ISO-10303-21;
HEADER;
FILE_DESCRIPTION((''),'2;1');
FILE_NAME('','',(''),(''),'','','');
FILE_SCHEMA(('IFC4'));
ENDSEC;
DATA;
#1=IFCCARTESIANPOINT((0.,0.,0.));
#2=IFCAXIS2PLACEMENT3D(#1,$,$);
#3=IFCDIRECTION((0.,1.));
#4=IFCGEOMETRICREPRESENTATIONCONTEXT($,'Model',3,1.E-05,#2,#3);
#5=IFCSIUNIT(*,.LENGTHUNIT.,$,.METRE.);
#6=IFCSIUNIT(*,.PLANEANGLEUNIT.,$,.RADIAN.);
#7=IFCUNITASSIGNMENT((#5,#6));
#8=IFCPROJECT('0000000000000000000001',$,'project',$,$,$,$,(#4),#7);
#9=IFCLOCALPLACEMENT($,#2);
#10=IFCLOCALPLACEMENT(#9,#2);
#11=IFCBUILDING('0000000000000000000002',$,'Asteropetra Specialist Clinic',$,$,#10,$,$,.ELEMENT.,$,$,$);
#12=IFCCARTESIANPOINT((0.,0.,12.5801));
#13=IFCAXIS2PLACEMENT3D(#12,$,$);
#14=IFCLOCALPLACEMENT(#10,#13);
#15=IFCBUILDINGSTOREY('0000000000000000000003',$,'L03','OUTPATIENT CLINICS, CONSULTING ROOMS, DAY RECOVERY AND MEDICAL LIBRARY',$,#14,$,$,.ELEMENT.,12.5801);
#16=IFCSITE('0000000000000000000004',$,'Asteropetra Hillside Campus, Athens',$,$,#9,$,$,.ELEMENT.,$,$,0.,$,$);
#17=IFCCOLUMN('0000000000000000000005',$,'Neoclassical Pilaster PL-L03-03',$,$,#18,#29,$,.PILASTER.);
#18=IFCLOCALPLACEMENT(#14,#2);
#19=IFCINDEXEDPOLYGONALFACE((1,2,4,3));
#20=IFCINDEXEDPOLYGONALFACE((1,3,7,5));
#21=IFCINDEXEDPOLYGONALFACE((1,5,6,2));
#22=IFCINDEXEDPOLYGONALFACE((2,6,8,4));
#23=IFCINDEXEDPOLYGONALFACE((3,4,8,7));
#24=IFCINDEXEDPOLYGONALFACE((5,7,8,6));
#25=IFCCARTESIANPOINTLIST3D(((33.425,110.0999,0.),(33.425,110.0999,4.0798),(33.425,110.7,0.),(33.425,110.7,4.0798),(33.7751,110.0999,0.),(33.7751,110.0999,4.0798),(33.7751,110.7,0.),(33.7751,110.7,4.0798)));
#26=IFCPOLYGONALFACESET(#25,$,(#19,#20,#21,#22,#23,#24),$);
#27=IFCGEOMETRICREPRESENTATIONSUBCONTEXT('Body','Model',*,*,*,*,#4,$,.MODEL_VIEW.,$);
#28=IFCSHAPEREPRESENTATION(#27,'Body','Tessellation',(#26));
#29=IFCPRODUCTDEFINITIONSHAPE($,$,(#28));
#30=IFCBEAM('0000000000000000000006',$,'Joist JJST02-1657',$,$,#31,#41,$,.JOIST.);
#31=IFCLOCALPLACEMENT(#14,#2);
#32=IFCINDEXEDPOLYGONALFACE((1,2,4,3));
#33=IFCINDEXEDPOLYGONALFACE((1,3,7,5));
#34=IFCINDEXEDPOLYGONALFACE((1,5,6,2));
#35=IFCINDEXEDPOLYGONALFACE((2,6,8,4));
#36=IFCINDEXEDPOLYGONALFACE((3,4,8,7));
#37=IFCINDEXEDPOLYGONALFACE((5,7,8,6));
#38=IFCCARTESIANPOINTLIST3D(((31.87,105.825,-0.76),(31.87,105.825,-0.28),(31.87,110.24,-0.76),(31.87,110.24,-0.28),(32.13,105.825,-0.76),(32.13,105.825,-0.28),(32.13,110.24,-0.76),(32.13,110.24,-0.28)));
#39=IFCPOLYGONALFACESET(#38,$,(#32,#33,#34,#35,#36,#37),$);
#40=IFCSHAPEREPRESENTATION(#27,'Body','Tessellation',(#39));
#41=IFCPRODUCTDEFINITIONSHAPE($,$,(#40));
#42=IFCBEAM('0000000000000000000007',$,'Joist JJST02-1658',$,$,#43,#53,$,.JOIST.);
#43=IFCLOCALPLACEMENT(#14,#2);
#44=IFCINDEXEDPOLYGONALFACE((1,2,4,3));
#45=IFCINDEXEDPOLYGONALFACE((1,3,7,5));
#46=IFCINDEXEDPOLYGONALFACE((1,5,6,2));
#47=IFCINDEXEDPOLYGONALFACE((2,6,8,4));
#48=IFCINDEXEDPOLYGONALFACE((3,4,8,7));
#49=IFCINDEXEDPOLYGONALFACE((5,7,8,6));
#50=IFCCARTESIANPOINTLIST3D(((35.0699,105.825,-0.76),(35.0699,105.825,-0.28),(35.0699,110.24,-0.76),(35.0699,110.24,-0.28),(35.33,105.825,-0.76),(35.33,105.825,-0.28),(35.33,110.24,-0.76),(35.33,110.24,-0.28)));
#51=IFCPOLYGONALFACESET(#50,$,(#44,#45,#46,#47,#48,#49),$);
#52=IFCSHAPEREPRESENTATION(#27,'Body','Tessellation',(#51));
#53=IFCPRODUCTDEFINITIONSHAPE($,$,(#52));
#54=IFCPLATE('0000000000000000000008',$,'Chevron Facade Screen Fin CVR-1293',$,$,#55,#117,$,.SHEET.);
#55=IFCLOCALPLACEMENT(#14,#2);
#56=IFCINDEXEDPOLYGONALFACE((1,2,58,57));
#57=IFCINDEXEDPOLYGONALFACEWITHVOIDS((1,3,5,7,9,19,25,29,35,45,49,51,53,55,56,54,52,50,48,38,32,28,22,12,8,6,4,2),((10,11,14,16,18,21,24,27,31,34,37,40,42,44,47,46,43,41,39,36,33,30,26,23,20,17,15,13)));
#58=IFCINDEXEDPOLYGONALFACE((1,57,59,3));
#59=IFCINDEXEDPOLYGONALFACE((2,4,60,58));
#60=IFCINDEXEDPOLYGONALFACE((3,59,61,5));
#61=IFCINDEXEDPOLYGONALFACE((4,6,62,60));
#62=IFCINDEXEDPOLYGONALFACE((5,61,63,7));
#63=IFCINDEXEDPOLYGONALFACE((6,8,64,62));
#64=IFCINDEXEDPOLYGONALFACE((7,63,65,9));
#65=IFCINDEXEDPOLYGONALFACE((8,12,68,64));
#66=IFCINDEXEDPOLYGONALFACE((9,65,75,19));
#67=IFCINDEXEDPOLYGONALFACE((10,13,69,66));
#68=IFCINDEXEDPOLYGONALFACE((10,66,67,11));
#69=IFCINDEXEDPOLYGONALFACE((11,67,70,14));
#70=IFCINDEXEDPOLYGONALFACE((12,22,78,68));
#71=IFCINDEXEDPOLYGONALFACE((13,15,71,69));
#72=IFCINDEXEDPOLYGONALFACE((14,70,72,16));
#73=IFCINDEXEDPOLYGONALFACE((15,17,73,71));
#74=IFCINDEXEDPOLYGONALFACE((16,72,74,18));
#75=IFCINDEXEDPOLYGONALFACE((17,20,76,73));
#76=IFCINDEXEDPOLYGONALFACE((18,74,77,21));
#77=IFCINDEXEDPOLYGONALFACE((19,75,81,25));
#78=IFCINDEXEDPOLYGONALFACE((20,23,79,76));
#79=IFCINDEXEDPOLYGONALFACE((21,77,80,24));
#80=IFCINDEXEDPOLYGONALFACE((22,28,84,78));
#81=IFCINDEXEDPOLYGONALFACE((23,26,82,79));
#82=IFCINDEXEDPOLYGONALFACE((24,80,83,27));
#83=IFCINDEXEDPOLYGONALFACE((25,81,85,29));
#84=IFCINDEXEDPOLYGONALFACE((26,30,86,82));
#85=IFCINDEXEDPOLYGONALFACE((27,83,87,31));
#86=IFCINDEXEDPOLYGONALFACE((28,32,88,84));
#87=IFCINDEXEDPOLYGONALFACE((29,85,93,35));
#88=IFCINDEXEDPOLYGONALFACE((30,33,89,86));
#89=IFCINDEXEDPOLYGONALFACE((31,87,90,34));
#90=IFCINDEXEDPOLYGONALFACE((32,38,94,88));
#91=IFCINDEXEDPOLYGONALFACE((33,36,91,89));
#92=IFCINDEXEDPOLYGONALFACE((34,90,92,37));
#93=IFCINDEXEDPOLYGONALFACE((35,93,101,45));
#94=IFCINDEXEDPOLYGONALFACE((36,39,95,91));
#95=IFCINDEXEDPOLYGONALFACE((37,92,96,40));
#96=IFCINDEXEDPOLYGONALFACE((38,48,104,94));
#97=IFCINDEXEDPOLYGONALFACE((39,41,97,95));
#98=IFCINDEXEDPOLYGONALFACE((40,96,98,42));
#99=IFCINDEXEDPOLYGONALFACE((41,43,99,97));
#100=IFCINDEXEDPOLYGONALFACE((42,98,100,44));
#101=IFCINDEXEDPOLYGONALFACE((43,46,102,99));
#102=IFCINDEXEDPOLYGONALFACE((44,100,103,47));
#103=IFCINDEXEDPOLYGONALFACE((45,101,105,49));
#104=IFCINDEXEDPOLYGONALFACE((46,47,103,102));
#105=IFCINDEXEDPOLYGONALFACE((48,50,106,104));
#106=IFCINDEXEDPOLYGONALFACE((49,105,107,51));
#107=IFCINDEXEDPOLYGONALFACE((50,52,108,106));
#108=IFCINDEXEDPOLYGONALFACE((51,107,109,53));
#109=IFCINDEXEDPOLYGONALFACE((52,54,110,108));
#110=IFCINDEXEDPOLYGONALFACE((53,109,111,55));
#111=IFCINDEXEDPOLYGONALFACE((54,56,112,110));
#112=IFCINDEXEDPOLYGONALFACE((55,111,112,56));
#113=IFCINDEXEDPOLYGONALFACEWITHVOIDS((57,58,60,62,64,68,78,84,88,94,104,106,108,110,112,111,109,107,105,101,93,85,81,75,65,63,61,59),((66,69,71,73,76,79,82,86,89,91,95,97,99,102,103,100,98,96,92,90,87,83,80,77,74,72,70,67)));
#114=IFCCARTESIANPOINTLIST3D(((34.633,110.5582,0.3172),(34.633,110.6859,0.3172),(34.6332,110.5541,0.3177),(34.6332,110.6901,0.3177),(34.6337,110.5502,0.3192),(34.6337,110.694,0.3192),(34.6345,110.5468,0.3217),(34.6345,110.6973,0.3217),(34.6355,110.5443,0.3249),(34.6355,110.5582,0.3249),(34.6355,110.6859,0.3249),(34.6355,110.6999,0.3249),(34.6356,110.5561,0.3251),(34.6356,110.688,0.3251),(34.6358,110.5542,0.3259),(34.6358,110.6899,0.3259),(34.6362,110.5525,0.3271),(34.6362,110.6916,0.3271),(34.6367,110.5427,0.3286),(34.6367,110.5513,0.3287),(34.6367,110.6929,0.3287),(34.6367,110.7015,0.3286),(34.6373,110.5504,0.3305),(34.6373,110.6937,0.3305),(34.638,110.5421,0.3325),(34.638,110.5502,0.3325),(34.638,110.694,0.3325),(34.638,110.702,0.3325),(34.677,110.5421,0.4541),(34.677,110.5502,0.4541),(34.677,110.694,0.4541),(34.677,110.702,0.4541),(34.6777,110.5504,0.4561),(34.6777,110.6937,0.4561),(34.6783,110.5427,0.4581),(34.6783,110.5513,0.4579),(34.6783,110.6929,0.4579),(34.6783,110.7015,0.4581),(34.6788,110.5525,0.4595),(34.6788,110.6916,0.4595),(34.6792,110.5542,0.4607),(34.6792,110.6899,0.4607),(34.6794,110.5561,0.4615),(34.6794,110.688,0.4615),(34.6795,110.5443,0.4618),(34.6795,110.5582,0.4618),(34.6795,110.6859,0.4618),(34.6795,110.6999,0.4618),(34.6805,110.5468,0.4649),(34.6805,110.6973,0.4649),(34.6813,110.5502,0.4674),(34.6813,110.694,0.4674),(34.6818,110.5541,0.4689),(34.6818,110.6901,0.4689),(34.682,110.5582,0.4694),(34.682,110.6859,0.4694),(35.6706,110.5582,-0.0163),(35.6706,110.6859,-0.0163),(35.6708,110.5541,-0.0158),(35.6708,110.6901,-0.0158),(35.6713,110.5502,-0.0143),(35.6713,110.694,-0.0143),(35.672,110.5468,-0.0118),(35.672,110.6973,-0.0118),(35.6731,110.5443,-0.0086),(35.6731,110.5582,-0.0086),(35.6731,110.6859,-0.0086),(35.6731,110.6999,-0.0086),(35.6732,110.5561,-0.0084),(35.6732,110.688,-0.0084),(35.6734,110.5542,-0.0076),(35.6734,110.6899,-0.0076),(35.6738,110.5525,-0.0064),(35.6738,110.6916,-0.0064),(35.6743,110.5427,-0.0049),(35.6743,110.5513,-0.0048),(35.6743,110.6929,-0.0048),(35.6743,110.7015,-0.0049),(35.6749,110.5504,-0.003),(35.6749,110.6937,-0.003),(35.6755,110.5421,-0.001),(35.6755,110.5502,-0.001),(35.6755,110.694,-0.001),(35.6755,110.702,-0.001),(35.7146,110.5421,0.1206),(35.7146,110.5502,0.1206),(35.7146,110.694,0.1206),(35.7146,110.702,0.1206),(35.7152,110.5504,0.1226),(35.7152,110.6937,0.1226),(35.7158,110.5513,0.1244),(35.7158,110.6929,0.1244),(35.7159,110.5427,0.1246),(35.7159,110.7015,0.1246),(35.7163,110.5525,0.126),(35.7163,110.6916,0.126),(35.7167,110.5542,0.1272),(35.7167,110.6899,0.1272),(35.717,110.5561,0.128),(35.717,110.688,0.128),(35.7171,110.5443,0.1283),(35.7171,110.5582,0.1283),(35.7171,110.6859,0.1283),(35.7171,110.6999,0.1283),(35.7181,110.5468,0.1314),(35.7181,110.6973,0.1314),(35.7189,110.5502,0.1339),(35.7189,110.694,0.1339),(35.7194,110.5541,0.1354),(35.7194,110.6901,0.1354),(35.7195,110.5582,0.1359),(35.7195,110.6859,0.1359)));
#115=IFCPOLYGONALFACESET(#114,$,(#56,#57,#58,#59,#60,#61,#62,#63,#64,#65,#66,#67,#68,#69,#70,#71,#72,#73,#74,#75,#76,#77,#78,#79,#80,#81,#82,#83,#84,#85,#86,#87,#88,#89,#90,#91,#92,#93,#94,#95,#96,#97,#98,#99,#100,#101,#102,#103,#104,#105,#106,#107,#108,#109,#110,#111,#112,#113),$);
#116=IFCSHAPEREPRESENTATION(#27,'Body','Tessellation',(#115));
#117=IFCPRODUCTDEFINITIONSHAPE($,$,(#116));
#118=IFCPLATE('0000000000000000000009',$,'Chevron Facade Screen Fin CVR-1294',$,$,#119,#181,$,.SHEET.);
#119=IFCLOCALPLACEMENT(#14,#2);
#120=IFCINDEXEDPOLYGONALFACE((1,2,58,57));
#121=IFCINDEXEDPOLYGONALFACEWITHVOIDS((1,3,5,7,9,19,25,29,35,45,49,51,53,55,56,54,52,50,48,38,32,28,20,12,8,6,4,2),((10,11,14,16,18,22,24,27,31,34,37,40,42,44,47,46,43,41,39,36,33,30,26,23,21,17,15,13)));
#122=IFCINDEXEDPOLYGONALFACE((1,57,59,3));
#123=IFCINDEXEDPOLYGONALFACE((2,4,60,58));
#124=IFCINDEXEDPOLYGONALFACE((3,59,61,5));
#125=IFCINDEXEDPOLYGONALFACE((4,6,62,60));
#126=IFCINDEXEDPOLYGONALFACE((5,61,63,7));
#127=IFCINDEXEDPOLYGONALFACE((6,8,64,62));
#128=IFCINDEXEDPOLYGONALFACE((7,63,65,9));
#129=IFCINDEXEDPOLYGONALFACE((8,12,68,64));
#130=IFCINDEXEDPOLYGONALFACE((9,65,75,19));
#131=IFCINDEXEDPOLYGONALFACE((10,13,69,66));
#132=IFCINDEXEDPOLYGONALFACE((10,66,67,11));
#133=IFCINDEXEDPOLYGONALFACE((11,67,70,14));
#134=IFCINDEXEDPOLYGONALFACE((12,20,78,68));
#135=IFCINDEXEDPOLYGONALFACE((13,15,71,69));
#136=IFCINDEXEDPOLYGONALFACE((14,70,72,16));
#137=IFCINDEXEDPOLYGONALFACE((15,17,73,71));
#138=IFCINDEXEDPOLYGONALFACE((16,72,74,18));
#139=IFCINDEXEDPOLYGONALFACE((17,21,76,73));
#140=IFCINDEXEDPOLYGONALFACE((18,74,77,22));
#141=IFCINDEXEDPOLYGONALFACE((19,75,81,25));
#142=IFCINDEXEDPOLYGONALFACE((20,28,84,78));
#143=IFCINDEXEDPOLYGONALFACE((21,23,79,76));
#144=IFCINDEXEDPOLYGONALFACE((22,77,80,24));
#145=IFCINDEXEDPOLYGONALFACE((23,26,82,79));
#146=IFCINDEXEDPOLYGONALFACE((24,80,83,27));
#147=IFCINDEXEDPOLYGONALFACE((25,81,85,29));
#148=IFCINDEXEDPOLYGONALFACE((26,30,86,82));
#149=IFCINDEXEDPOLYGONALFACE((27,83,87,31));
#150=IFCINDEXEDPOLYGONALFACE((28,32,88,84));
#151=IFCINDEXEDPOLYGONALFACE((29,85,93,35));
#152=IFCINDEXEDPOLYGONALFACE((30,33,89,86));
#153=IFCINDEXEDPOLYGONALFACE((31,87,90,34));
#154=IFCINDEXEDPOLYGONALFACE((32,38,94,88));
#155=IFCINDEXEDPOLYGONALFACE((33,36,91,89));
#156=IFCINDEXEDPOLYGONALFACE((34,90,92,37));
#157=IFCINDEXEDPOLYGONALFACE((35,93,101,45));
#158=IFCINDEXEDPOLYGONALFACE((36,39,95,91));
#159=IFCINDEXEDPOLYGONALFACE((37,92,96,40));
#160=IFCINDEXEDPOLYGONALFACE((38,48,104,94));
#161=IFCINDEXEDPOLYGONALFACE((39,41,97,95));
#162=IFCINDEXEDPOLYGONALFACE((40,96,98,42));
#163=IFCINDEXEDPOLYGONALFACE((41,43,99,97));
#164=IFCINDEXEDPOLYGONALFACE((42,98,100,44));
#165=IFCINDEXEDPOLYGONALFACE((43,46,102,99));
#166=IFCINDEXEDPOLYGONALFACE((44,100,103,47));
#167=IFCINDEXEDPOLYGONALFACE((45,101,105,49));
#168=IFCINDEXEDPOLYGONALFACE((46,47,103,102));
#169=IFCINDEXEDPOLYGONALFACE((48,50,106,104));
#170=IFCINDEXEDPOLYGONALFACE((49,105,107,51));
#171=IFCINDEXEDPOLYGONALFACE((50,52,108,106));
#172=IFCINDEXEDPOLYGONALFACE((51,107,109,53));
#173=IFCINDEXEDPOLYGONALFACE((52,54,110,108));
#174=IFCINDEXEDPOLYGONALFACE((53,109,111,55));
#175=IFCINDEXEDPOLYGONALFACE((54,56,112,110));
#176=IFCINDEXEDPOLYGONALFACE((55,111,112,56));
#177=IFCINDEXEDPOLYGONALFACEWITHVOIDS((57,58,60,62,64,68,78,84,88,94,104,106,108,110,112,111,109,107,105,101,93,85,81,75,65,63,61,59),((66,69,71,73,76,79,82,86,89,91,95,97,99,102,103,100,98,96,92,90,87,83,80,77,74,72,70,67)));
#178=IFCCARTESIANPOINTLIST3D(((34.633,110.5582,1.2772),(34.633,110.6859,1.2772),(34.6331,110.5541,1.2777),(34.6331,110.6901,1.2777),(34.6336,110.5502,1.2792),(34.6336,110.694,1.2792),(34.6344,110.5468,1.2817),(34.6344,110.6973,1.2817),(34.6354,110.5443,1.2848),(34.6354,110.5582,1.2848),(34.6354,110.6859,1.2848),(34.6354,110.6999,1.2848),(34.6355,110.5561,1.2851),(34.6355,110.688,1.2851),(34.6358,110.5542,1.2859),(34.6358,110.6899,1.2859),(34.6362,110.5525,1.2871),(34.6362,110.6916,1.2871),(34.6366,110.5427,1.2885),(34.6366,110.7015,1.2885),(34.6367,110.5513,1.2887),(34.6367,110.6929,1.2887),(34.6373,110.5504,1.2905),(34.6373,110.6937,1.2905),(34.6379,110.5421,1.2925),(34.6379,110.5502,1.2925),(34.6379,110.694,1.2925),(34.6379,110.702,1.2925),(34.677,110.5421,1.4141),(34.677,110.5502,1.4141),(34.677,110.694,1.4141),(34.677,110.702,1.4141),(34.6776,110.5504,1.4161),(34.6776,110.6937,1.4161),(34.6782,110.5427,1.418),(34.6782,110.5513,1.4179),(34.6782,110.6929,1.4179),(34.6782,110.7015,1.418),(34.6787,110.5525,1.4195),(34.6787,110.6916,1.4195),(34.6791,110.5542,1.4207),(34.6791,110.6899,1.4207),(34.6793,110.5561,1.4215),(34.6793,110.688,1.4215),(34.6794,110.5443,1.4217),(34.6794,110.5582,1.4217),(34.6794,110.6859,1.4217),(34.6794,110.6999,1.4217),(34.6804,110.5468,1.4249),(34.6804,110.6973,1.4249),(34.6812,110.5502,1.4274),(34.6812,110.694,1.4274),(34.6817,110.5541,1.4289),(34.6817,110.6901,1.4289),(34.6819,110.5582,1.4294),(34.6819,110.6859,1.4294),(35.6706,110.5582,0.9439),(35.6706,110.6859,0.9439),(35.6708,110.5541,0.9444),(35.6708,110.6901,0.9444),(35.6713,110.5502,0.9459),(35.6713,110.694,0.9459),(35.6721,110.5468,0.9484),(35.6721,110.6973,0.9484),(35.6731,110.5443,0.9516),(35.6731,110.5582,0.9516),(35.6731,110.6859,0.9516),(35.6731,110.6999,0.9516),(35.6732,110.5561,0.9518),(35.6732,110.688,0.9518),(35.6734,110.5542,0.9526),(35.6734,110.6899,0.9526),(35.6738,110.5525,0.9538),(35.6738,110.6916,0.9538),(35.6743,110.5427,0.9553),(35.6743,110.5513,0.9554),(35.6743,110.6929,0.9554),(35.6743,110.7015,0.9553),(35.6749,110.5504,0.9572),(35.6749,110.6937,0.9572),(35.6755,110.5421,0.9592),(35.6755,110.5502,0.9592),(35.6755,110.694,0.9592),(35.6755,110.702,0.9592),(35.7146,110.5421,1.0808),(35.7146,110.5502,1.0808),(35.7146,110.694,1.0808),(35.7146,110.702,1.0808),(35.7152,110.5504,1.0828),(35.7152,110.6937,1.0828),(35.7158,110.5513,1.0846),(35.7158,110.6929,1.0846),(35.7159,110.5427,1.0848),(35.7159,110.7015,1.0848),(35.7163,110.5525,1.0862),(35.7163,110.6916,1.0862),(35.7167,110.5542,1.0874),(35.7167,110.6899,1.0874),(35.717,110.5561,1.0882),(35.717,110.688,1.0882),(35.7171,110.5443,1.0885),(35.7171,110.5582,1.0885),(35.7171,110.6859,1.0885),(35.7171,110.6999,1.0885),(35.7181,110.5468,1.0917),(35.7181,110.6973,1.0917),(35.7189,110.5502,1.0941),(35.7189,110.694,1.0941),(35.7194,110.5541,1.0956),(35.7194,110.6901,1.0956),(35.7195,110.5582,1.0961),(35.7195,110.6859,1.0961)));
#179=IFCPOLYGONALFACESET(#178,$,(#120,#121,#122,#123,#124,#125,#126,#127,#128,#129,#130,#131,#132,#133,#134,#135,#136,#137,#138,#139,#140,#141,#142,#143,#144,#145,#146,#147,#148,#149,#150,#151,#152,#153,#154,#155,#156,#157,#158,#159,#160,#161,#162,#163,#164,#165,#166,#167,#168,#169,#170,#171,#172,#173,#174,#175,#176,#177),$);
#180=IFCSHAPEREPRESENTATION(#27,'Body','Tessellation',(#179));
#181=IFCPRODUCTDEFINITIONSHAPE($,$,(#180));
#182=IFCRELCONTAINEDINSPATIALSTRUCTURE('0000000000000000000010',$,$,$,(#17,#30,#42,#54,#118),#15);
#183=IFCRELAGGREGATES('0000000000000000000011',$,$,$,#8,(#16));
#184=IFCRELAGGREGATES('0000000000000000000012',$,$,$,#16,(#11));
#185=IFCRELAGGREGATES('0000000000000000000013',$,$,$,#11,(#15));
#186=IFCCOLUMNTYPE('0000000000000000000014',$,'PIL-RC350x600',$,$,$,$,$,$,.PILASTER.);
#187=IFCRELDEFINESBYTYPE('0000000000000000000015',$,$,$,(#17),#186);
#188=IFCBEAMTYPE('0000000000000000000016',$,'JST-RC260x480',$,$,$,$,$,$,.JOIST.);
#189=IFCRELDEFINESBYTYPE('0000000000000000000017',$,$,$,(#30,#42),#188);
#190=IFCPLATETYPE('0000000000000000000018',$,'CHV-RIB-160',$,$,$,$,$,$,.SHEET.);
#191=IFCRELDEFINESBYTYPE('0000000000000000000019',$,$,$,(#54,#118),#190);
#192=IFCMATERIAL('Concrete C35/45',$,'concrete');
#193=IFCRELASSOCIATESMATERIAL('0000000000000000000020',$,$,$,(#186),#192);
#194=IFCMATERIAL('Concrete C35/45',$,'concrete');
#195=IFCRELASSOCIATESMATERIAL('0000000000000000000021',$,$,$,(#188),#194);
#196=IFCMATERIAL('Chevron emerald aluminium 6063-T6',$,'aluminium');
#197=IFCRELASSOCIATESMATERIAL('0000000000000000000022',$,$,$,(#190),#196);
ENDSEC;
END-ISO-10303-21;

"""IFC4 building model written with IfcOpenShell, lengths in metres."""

from ifc_helpers import new_model, si_unit, direction, frame, origin, origin_2d, place, context, subcontext, project, spatial, rectangle, hollow_rectangle, extrude, material, material_profile, profile_set, type_object, element, save


model = new_model("IFC4")

# Units and contexts
model_context = context("Model", 3, precision=1e-05, world=origin(), true_north=direction((0.0, 1.0)))
body_context = subcontext(model_context, "Body", "Model", "MODEL_VIEW")
ifc_project = project(units=[si_unit("LENGTHUNIT", "METRE"), si_unit("PLANEANGLEUNIT", "RADIAN")], contexts=[model_context])

# Site, building, storey
site_placement = place(None, origin())
site = spatial("IfcSite", under=ifc_project, at=site_placement, Name="Asteropetra Hillside Campus, Athens", CompositionType="ELEMENT", RefElevation=0.0)
building_placement = place(site_placement, origin())
building = spatial("IfcBuilding", under=site, at=building_placement, Name="Asteropetra Specialist Clinic", CompositionType="ELEMENT")
storey_placement = place(building_placement, frame((0.0, 0.0, 12.5801)))
storey = spatial("IfcBuildingStorey", under=building, at=storey_placement, Name="L03", Description="OUTPATIENT CLINICS, CONSULTING ROOMS, DAY RECOVERY AND MEDICAL LIBRARY", CompositionType="ELEMENT", Elevation=12.5801)

# Column
ifc_material_1 = material(Name="Concrete C35/45", Category="concrete")
ifc_material_profile_1 = material_profile(ifc_material_1, rectangle(XDim=0.3501, YDim=0.6001, at=origin_2d()), Name="PIL 350x600")
ifc_profile_set_1 = profile_set([ifc_material_profile_1], Name="Concrete C35/45")
column_type = type_object("IfcColumnType", Name="PIL-RC350x600", PredefinedType="PILASTER", material=ifc_profile_set_1)
column_placement = place(storey_placement, frame((33.6001, 110.3999, 0.0), z_axis=(0.0, 0.0, 1.0), x_axis=(1.0, 0.0, 0.0)))
element("IfcColumn", 1, at=column_placement, inside=storey, type_object=column_type, Name="Neoclassical Pilaster PL-L03-03", PredefinedType="PILASTER", context=body_context, shape_type="SweptSolid", body=[
    extrude(rectangle(XDim=0.3501, YDim=0.6001, at=origin_2d()), origin(), (0.0, 0.0, 1.0), 4.0798),
])

# Beams
ifc_material_2 = material(Name="Concrete C35/45", Category="concrete")
ifc_material_profile_2 = material_profile(ifc_material_2, rectangle(XDim=0.26, YDim=0.48, at=origin_2d()), Name="RCJ 260x480")
ifc_profile_set_2 = profile_set([ifc_material_profile_2], Name="Concrete C35/45")
beam_type = type_object("IfcBeamType", Name="JST-RC260x480", PredefinedType="JOIST", material=ifc_profile_set_2)
for number, where, z_axis, x_axis, name in (
    (2, (32.0, 105.825, -0.52), (0.0, 1.0, 0.0), (-1.0, 0.0, 0.0), "Joist JJST02-1657"),
    (3, (35.2, 105.825, -0.52), (0.0, 1.0, 0.0), (-1.0, 0.0, 0.0), "Joist JJST02-1658"),
):
    element("IfcBeam", number, at=place(storey_placement, frame(where, z_axis=z_axis, x_axis=x_axis)), inside=storey, type_object=beam_type, Name=name, PredefinedType="JOIST", context=body_context, shape_type="SweptSolid", body=[
        extrude(rectangle(XDim=0.26, YDim=0.48, at=origin_2d()), origin(), (0.0, 0.0, 1.0), 4.415),
    ])

# Plates
ifc_material_3 = material(Name="Chevron emerald aluminium 6063-T6", Category="aluminium")
ifc_material_profile_3 = material_profile(ifc_material_3, hollow_rectangle(XDim=0.1599, YDim=0.1599, WallThickness=0.0081, InnerFilletRadius=0.0081, OuterFilletRadius=0.0161, at=origin_2d()), Name="SHS 160x160x8.0")
ifc_profile_set_3 = profile_set([ifc_material_profile_3], Name="Chevron emerald aluminium 6063-T6")
plate_type = type_object("IfcPlateType", Name="CHV-RIB-160", PredefinedType="SHEET", material=ifc_profile_set_3)
for number, where, z_axis, x_axis, name in (
    (4, (35.6951, 110.6221, 0.0598), (-0.952033, 0.0, 0.305995), (0.0, -1.0, 0.0), "Chevron Facade Screen Fin CVR-1293"),
    (5, (35.6951, 110.6221, 1.02), (-0.952098, 0.0, 0.305792), (0.0, -1.0, 0.0), "Chevron Facade Screen Fin CVR-1294"),
):
    element("IfcPlate", number, at=place(storey_placement, frame(where, z_axis=z_axis, x_axis=x_axis)), inside=storey, type_object=plate_type, Name=name, PredefinedType="SHEET", context=body_context, shape_type="SweptSolid", body=[
        extrude(hollow_rectangle(XDim=0.1599, YDim=0.1599, WallThickness=0.0081, InnerFilletRadius=0.0081, OuterFilletRadius=0.0161, at=origin_2d()), origin(), (0.0, 0.0, 1.0), 1.0898),
    ])

save(model, "model.ifc")
